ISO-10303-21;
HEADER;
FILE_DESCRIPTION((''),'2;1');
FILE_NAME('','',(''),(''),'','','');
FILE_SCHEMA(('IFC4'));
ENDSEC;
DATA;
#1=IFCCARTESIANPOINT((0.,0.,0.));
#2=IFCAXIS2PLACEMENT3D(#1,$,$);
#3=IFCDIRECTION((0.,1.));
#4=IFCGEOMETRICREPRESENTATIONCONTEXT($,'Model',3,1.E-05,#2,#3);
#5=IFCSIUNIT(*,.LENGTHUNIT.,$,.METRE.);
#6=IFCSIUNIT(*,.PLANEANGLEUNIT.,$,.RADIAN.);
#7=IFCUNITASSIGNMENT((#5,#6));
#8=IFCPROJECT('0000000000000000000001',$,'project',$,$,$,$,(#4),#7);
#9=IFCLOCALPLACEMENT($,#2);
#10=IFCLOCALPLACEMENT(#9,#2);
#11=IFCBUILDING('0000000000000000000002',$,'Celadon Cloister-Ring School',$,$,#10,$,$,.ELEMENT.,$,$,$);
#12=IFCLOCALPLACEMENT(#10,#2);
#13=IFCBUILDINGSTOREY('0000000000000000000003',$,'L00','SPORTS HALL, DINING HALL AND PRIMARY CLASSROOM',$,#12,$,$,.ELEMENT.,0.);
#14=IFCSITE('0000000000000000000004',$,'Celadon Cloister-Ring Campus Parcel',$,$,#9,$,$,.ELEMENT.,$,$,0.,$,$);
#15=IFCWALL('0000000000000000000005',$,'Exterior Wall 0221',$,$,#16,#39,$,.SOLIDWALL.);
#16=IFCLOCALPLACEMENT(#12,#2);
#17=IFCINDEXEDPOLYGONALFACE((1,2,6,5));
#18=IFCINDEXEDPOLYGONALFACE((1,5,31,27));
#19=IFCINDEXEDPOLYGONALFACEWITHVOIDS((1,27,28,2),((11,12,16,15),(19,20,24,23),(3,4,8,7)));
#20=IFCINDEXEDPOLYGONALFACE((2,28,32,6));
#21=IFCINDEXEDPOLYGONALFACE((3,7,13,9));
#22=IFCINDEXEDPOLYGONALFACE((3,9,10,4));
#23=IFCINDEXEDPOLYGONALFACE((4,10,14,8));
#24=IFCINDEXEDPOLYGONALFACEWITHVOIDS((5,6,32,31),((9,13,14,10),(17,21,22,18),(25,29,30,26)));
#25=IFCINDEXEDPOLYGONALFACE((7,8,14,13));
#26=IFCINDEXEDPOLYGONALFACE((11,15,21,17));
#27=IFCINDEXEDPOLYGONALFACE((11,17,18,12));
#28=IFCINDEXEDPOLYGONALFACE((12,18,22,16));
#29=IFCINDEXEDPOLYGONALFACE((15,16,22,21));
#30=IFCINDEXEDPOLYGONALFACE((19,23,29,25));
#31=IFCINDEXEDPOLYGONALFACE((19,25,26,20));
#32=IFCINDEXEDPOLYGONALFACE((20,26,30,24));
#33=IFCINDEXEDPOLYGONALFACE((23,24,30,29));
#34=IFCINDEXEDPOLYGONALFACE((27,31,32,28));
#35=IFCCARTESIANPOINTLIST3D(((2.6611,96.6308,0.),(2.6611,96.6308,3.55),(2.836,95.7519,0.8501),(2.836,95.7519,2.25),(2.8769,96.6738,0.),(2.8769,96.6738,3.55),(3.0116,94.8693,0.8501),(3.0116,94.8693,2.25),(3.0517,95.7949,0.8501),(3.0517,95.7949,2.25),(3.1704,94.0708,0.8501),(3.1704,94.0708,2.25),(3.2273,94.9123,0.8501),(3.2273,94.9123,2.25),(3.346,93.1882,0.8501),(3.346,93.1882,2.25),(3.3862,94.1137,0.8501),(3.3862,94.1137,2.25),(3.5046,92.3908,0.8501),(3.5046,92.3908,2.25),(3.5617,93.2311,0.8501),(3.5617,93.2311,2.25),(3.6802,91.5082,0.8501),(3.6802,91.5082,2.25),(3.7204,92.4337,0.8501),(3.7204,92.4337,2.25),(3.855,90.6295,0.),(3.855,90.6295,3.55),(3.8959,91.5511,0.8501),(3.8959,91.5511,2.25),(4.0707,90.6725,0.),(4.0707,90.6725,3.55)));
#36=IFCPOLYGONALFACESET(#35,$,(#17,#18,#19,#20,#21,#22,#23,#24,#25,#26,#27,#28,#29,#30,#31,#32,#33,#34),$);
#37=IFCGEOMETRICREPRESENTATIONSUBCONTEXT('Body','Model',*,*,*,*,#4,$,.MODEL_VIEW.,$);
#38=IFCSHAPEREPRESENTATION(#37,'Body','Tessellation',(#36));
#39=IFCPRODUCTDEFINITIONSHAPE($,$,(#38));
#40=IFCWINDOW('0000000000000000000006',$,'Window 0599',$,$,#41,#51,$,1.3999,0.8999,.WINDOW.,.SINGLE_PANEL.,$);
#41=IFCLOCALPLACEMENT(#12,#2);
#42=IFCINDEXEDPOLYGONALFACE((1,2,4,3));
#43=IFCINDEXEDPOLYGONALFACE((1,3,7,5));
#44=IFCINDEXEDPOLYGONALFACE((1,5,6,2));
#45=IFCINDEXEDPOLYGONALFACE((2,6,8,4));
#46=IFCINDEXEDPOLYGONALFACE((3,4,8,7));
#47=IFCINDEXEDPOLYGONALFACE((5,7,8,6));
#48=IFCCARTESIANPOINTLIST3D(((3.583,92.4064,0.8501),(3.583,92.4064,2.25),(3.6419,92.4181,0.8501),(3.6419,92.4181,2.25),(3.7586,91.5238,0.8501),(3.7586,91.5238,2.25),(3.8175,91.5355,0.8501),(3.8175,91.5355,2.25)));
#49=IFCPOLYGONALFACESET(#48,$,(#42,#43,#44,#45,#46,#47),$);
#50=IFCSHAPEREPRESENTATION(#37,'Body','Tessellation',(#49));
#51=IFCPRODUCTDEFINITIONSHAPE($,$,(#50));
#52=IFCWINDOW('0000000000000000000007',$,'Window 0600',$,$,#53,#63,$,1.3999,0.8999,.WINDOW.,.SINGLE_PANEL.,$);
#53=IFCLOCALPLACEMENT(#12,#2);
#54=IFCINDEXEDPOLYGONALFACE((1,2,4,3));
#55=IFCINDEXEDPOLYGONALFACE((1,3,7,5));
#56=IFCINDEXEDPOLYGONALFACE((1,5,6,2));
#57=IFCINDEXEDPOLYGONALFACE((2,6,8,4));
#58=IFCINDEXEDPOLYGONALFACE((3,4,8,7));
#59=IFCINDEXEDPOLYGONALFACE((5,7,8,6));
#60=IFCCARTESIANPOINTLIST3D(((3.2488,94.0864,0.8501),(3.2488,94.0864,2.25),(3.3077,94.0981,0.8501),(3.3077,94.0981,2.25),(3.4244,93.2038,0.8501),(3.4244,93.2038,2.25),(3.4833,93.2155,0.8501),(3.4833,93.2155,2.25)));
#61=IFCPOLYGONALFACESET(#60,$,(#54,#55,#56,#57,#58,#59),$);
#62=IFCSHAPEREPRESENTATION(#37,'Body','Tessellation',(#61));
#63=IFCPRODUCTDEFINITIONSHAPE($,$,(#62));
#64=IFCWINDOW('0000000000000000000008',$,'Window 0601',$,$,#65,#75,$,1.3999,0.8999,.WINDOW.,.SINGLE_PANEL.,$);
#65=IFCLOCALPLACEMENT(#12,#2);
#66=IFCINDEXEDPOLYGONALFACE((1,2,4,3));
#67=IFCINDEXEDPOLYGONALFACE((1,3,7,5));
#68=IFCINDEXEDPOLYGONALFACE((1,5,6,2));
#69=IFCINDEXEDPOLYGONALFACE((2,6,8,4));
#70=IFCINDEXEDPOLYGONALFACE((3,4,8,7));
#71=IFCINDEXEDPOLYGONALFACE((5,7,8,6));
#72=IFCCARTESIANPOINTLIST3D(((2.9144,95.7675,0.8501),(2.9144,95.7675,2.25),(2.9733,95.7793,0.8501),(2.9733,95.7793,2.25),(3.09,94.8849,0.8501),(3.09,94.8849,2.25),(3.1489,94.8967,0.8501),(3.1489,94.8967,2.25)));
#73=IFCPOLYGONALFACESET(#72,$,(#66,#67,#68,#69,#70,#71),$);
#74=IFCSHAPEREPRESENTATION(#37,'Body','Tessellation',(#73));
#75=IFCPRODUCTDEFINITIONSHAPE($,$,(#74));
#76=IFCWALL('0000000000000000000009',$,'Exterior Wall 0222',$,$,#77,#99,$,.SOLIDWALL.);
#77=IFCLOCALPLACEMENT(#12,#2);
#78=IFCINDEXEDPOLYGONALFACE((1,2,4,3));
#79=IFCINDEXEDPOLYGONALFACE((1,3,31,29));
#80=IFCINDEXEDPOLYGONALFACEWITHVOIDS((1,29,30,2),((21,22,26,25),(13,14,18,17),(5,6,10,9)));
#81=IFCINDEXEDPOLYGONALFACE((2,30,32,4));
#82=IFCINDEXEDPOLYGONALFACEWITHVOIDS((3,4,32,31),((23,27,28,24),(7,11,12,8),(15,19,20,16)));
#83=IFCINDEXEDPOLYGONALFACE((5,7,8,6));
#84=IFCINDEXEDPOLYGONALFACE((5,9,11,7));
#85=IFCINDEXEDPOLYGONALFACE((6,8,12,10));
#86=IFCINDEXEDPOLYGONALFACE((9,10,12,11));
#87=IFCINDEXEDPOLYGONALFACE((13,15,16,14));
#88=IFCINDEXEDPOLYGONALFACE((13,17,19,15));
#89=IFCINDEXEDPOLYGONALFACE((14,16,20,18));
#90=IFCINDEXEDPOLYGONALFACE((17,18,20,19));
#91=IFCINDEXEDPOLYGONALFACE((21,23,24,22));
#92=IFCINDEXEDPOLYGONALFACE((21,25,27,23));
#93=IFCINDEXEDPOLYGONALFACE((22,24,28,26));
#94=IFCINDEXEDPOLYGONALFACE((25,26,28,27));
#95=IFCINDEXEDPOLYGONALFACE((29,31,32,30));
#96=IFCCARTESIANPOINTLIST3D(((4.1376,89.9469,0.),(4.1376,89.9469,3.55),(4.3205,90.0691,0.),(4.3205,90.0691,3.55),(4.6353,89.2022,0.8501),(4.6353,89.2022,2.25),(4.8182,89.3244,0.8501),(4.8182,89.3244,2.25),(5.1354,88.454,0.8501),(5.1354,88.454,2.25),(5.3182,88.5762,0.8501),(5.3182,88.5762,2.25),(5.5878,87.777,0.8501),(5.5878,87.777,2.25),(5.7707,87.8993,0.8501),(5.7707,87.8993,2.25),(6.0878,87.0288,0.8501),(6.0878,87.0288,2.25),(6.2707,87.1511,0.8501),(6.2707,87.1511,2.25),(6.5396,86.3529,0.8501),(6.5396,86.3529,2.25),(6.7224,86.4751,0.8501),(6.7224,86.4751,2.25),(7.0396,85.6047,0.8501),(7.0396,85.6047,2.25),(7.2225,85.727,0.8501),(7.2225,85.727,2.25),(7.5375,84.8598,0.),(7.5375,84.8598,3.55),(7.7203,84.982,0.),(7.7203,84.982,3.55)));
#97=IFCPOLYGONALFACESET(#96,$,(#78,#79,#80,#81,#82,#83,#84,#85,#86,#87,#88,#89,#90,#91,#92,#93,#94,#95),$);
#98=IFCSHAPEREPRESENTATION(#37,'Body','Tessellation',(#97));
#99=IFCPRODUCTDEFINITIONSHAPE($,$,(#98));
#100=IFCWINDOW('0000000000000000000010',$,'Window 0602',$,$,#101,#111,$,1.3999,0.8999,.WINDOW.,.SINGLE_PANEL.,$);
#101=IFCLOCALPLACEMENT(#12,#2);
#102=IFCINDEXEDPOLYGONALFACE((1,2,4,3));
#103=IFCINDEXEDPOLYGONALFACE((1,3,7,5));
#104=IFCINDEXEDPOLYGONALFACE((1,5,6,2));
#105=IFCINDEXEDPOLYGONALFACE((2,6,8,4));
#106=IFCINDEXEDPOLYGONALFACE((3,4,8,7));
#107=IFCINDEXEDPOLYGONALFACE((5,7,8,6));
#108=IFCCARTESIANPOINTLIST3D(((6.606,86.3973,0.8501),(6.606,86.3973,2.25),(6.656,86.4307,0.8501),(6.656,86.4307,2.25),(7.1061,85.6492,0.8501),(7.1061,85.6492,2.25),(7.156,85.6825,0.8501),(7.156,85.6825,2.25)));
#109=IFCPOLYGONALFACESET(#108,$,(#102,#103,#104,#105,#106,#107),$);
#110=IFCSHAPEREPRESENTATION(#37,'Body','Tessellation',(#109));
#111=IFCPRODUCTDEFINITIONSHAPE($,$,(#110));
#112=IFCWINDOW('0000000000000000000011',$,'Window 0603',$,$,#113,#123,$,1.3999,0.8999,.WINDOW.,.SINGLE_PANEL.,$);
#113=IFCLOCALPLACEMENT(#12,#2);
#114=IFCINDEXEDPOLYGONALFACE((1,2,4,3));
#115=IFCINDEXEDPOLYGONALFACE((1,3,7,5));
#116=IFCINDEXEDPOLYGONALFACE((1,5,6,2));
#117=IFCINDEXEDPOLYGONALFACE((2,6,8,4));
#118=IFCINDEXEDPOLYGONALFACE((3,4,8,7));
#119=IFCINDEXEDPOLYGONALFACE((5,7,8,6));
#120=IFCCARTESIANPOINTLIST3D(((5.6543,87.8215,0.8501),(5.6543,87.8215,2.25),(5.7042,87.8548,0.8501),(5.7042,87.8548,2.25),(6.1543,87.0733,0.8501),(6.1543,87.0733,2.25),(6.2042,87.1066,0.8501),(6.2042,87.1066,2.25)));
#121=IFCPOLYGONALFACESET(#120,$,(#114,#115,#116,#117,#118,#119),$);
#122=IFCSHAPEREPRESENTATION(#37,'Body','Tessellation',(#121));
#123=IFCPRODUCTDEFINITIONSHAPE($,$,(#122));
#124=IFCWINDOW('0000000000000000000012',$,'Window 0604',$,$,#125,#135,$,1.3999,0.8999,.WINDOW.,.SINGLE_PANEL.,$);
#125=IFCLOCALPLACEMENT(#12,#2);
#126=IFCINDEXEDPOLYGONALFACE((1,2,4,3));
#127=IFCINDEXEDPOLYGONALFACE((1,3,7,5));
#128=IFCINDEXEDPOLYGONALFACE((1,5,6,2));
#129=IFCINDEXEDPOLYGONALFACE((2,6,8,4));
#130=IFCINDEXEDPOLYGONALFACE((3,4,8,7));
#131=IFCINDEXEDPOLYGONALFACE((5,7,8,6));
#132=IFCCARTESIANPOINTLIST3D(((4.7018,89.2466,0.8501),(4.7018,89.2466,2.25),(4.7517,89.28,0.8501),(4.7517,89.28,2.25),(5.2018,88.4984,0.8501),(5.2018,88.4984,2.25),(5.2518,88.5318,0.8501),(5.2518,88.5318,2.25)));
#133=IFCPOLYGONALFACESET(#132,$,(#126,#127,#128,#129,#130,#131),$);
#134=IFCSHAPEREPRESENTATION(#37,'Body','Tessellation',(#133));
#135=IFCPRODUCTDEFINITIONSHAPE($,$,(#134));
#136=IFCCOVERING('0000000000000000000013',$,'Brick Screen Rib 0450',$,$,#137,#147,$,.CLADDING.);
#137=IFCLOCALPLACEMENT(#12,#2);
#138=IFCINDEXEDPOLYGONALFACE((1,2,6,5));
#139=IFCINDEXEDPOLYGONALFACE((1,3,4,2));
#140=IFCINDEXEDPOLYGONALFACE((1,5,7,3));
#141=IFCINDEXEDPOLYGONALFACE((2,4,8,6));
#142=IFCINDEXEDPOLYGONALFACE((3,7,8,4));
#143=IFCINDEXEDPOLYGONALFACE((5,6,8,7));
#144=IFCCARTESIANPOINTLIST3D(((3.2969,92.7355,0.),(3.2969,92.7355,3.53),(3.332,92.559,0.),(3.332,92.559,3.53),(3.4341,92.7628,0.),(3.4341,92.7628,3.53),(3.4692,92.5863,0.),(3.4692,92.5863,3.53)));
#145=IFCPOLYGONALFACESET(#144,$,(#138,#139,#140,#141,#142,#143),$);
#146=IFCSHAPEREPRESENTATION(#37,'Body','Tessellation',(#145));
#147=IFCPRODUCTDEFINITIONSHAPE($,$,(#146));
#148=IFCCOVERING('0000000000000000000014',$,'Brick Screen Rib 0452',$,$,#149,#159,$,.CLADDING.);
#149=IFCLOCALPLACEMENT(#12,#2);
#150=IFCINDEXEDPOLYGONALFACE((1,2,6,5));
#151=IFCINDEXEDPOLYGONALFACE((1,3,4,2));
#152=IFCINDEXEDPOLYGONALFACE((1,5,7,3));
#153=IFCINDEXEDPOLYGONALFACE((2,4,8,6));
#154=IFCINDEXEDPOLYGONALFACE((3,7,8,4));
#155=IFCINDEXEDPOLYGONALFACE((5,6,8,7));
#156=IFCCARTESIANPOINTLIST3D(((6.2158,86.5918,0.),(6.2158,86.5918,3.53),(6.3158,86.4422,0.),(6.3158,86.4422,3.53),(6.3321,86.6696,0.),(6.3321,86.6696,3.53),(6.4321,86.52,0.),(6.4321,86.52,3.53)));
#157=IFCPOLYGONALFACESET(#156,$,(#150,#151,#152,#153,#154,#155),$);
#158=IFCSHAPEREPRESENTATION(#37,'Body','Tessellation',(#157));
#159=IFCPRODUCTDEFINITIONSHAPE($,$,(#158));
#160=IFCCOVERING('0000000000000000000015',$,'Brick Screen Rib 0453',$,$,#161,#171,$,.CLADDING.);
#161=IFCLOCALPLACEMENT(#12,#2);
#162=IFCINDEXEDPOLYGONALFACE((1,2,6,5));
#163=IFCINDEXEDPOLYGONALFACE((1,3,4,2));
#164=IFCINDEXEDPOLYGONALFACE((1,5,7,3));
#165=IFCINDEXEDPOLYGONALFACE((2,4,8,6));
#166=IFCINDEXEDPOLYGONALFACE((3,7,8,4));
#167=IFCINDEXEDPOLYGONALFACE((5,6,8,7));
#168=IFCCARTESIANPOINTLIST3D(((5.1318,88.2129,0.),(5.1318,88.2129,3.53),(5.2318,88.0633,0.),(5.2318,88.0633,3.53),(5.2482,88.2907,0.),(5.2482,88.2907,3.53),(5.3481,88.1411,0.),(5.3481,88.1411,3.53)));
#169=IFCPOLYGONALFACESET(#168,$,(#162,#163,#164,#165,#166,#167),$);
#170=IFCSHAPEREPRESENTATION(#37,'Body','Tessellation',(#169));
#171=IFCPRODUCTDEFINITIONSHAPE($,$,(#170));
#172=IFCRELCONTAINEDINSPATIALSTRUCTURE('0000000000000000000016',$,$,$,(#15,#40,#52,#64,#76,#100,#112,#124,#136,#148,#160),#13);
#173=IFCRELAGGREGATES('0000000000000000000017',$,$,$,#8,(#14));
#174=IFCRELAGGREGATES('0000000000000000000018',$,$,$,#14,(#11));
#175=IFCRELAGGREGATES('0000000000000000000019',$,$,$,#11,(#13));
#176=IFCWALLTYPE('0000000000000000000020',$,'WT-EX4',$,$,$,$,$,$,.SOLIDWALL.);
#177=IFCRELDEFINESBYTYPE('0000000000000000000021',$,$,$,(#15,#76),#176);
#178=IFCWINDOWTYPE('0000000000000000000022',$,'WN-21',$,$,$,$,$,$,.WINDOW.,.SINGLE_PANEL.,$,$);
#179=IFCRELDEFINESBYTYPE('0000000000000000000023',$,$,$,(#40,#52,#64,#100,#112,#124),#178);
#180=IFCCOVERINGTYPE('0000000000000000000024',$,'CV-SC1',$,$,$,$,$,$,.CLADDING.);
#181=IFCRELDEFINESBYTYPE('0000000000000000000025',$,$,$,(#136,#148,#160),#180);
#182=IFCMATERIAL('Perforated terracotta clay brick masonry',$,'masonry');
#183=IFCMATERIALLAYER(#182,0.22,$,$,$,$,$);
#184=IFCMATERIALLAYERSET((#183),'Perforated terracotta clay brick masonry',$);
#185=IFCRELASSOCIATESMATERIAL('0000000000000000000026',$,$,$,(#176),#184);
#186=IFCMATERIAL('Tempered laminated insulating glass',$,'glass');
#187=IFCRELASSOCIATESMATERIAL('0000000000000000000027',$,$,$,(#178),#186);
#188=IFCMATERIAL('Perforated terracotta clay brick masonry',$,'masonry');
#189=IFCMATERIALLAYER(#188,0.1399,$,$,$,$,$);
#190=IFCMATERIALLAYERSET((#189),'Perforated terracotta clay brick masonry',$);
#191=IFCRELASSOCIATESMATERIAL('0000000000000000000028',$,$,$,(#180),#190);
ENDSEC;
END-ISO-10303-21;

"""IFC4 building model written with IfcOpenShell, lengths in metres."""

from ifc_helpers import new_model, si_unit, direction, frame, frame_2d, origin, origin_2d, place, context, subcontext, project, spatial, rectangle, extrude, material, layer, layer_set, type_object, element, fill, save


model = new_model("IFC4")

# Units and contexts
model_context = context("Model", 3, precision=1e-05, world=origin(), true_north=direction((0.0, 1.0)))
body_context = subcontext(model_context, "Body", "Model", "MODEL_VIEW")
ifc_project = project(units=[si_unit("LENGTHUNIT", "METRE"), si_unit("PLANEANGLEUNIT", "RADIAN")], contexts=[model_context])

# Site, building, storey
site_placement = place(None, origin())
site = spatial("IfcSite", under=ifc_project, at=site_placement, Name="Celadon Cloister-Ring Campus Parcel", CompositionType="ELEMENT", RefElevation=0.0)
building_placement = place(site_placement, origin())
building = spatial("IfcBuilding", under=site, at=building_placement, Name="Celadon Cloister-Ring School", CompositionType="ELEMENT")
storey_placement = place(building_placement, origin())
storey = spatial("IfcBuildingStorey", under=building, at=storey_placement, Name="L00", Description="SPORTS HALL, DINING HALL AND PRIMARY CLASSROOM", CompositionType="ELEMENT", Elevation=0.0)

# Walls, openings, windows
ifc_material_1 = material(Name="Perforated terracotta clay brick masonry", Category="masonry")
ifc_layer_1 = layer(ifc_material_1, 0.22)
ifc_layer_set_1 = layer_set([ifc_layer_1], Name="Perforated terracotta clay brick masonry")
wall_type = type_object("IfcWallType", Name="WT-EX4", PredefinedType="SOLIDWALL", material=ifc_layer_set_1)
wall_1_placement = place(storey_placement, frame((3.9629, 90.6509, 0.0), z_axis=(0.0, 0.0, 1.0), x_axis=(-0.195111, 0.980781, 0.0)))
wall_1 = element("IfcWall", 1, at=wall_1_placement, inside=storey, type_object=wall_type, Name="Exterior Wall 0221", PredefinedType="SOLIDWALL", context=body_context, shape_type="SweptSolid", body=[
    extrude(rectangle(XDim=6.1189, YDim=0.22, at=frame_2d((3.0596, 0.0))), origin(), (0.0, 0.0, 1.0), 3.55),
])
opening_1_placement = place(wall_1_placement, frame((0.896, 0.0, 0.8501)))
opening_1 = element("IfcOpeningElement", 2, at=opening_1_placement, cuts=wall_1, PredefinedType="OPENING", context=body_context, shape_type="SweptSolid", body=[
    extrude(rectangle(XDim=0.8999, YDim=1.3999, at=frame_2d((0.45, 0.7))), frame((0.0, 0.1201, 0.0), z_axis=(0.0, -1.0, 0.0), x_axis=(1.0, 0.0, 0.0)), (0.0, 0.0, 1.0), 0.24),
])
opening_2_placement = place(wall_1_placement, frame((2.6089, 0.0, 0.8501)))
opening_2 = element("IfcOpeningElement", 3, at=opening_2_placement, cuts=wall_1, PredefinedType="OPENING", context=body_context, shape_type="SweptSolid", body=[
    extrude(rectangle(XDim=0.8999, YDim=1.3999, at=frame_2d((0.45, 0.7))), frame((0.0, 0.1201, 0.0), z_axis=(0.0, -1.0, 0.0), x_axis=(1.0, 0.0, 0.0)), (0.0, 0.0, 1.0), 0.24),
])
opening_3_placement = place(wall_1_placement, frame((4.323, 0.0, 0.8501)))
opening_3 = element("IfcOpeningElement", 4, at=opening_3_placement, cuts=wall_1, PredefinedType="OPENING", context=body_context, shape_type="SweptSolid", body=[
    extrude(rectangle(XDim=0.8999, YDim=1.3999, at=frame_2d((0.45, 0.7))), frame((0.0, 0.1201, 0.0), z_axis=(0.0, -1.0, 0.0), x_axis=(1.0, 0.0, 0.0)), (0.0, 0.0, 1.0), 0.24),
])
ifc_material_2 = material(Name="Tempered laminated insulating glass", Category="glass")
window_type = type_object("IfcWindowType", Name="WN-21", PartitioningType="SINGLE_PANEL", PredefinedType="WINDOW", material=ifc_material_2)
window_1_placement = place(opening_1_placement, origin())
window_1 = element("IfcWindow", 5, at=window_1_placement, inside=storey, type_object=window_type, Name="Window 0599", OverallHeight=1.3999, OverallWidth=0.8999, PartitioningType="SINGLE_PANEL", PredefinedType="WINDOW", context=body_context, shape_type="SweptSolid", body=[
    extrude(rectangle(XDim=0.8999, YDim=1.3999, at=frame_2d((0.45, 0.7))), frame((0.0, 0.03, 0.0), z_axis=(0.0, -1.0, 0.0), x_axis=(1.0, 0.0, 0.0)), (0.0, 0.0, 1.0), 0.0601),
])
fill(opening_1, window_1)
window_2_placement = place(opening_2_placement, origin())
window_2 = element("IfcWindow", 6, at=window_2_placement, inside=storey, type_object=window_type, Name="Window 0600", OverallHeight=1.3999, OverallWidth=0.8999, PartitioningType="SINGLE_PANEL", PredefinedType="WINDOW", context=body_context, shape_type="SweptSolid", body=[
    extrude(rectangle(XDim=0.8999, YDim=1.3999, at=frame_2d((0.45, 0.7))), frame((0.0, 0.03, 0.0), z_axis=(0.0, -1.0, 0.0), x_axis=(1.0, 0.0, 0.0)), (0.0, 0.0, 1.0), 0.0601),
])
fill(opening_2, window_2)
window_3_placement = place(opening_3_placement, origin())
window_3 = element("IfcWindow", 7, at=window_3_placement, inside=storey, type_object=window_type, Name="Window 0601", OverallHeight=1.3999, OverallWidth=0.8999, PartitioningType="SINGLE_PANEL", PredefinedType="WINDOW", context=body_context, shape_type="SweptSolid", body=[
    extrude(rectangle(XDim=0.8999, YDim=1.3999, at=frame_2d((0.45, 0.7))), frame((0.0, 0.03, 0.0), z_axis=(0.0, -1.0, 0.0), x_axis=(1.0, 0.0, 0.0)), (0.0, 0.0, 1.0), 0.0601),
])
fill(opening_3, window_3)
wall_2_placement = place(storey_placement, frame((7.6289, 84.9209, 0.0), z_axis=(0.0, 0.0, 1.0), x_axis=(-0.555657, 0.831411, 0.0)))
wall_2 = element("IfcWall", 8, at=wall_2_placement, inside=storey, type_object=wall_type, Name="Exterior Wall 0222", PredefinedType="SOLIDWALL", context=body_context, shape_type="SweptSolid", body=[
    extrude(rectangle(XDim=6.1187, YDim=0.22, at=frame_2d((3.0593, 0.0))), origin(), (0.0, 0.0, 1.0), 3.55),
])
opening_4_placement = place(wall_2_placement, frame((0.896, 0.0, 0.8501)))
opening_4 = element("IfcOpeningElement", 9, at=opening_4_placement, cuts=wall_2, PredefinedType="OPENING", context=body_context, shape_type="SweptSolid", body=[
    extrude(rectangle(XDim=0.8999, YDim=1.3999, at=frame_2d((0.45, 0.7))), frame((0.0, 0.1201, 0.0), z_axis=(0.0, -1.0, 0.0), x_axis=(1.0, 0.0, 0.0)), (0.0, 0.0, 1.0), 0.24),
])
opening_5_placement = place(wall_2_placement, frame((2.6089, 0.0, 0.8501)))
opening_5 = element("IfcOpeningElement", 10, at=opening_5_placement, cuts=wall_2, PredefinedType="OPENING", context=body_context, shape_type="SweptSolid", body=[
    extrude(rectangle(XDim=0.8999, YDim=1.3999, at=frame_2d((0.45, 0.7))), frame((0.0, 0.1201, 0.0), z_axis=(0.0, -1.0, 0.0), x_axis=(1.0, 0.0, 0.0)), (0.0, 0.0, 1.0), 0.24),
])
opening_6_placement = place(wall_2_placement, frame((4.323, 0.0, 0.8501)))
opening_6 = element("IfcOpeningElement", 11, at=opening_6_placement, cuts=wall_2, PredefinedType="OPENING", context=body_context, shape_type="SweptSolid", body=[
    extrude(rectangle(XDim=0.8999, YDim=1.3999, at=frame_2d((0.45, 0.7))), frame((0.0, 0.1201, 0.0), z_axis=(0.0, -1.0, 0.0), x_axis=(1.0, 0.0, 0.0)), (0.0, 0.0, 1.0), 0.24),
])
window_4_placement = place(opening_4_placement, origin())
window_4 = element("IfcWindow", 12, at=window_4_placement, inside=storey, type_object=window_type, Name="Window 0602", OverallHeight=1.3999, OverallWidth=0.8999, PartitioningType="SINGLE_PANEL", PredefinedType="WINDOW", context=body_context, shape_type="SweptSolid", body=[
    extrude(rectangle(XDim=0.8999, YDim=1.3999, at=frame_2d((0.45, 0.7))), frame((0.0, 0.03, 0.0), z_axis=(0.0, -1.0, 0.0), x_axis=(1.0, 0.0, 0.0)), (0.0, 0.0, 1.0), 0.0601),
])
fill(opening_4, window_4)
window_5_placement = place(opening_5_placement, origin())
window_5 = element("IfcWindow", 13, at=window_5_placement, inside=storey, type_object=window_type, Name="Window 0603", OverallHeight=1.3999, OverallWidth=0.8999, PartitioningType="SINGLE_PANEL", PredefinedType="WINDOW", context=body_context, shape_type="SweptSolid", body=[
    extrude(rectangle(XDim=0.8999, YDim=1.3999, at=frame_2d((0.45, 0.7))), frame((0.0, 0.03, 0.0), z_axis=(0.0, -1.0, 0.0), x_axis=(1.0, 0.0, 0.0)), (0.0, 0.0, 1.0), 0.0601),
])
fill(opening_5, window_5)
window_6_placement = place(opening_6_placement, origin())
window_6 = element("IfcWindow", 14, at=window_6_placement, inside=storey, type_object=window_type, Name="Window 0604", OverallHeight=1.3999, OverallWidth=0.8999, PartitioningType="SINGLE_PANEL", PredefinedType="WINDOW", context=body_context, shape_type="SweptSolid", body=[
    extrude(rectangle(XDim=0.8999, YDim=1.3999, at=frame_2d((0.45, 0.7))), frame((0.0, 0.03, 0.0), z_axis=(0.0, -1.0, 0.0), x_axis=(1.0, 0.0, 0.0)), (0.0, 0.0, 1.0), 0.0601),
])
fill(opening_6, window_6)

# Coverings
ifc_material_3 = material(Name="Perforated terracotta clay brick masonry", Category="masonry")
ifc_layer_2 = layer(ifc_material_3, 0.1399)
ifc_layer_set_2 = layer_set([ifc_layer_2], Name="Perforated terracotta clay brick masonry")
covering_type = type_object("IfcCoveringType", Name="CV-SC1", PredefinedType="CLADDING", material=ifc_layer_set_2)
for number, where, z_axis, x_axis, name in (
    (15, (3.3831, 92.6609, 0.0), (0.0, 0.0, 1.0), (-0.195142, 0.980775, 0.0), "Brick Screen Rib 0450"),
    (16, (6.324, 86.5559, 0.0), (0.0, 0.0, 1.0), (-0.555686, 0.831392, 0.0), "Brick Screen Rib 0452"),
    (17, (5.24, 88.177, 0.0), (0.0, 0.0, 1.0), (-0.555686, 0.831392, 0.0), "Brick Screen Rib 0453"),
):
    element("IfcCovering", number, at=place(storey_placement, frame(where, z_axis=z_axis, x_axis=x_axis)), inside=storey, type_object=covering_type, Name=name, PredefinedType="CLADDING", context=body_context, shape_type="SweptSolid", body=[
        extrude(rectangle(XDim=0.1799, YDim=0.1399, at=origin_2d()), origin(), (0.0, 0.0, 1.0), 3.53),
    ])

save(model, "model.ifc")
